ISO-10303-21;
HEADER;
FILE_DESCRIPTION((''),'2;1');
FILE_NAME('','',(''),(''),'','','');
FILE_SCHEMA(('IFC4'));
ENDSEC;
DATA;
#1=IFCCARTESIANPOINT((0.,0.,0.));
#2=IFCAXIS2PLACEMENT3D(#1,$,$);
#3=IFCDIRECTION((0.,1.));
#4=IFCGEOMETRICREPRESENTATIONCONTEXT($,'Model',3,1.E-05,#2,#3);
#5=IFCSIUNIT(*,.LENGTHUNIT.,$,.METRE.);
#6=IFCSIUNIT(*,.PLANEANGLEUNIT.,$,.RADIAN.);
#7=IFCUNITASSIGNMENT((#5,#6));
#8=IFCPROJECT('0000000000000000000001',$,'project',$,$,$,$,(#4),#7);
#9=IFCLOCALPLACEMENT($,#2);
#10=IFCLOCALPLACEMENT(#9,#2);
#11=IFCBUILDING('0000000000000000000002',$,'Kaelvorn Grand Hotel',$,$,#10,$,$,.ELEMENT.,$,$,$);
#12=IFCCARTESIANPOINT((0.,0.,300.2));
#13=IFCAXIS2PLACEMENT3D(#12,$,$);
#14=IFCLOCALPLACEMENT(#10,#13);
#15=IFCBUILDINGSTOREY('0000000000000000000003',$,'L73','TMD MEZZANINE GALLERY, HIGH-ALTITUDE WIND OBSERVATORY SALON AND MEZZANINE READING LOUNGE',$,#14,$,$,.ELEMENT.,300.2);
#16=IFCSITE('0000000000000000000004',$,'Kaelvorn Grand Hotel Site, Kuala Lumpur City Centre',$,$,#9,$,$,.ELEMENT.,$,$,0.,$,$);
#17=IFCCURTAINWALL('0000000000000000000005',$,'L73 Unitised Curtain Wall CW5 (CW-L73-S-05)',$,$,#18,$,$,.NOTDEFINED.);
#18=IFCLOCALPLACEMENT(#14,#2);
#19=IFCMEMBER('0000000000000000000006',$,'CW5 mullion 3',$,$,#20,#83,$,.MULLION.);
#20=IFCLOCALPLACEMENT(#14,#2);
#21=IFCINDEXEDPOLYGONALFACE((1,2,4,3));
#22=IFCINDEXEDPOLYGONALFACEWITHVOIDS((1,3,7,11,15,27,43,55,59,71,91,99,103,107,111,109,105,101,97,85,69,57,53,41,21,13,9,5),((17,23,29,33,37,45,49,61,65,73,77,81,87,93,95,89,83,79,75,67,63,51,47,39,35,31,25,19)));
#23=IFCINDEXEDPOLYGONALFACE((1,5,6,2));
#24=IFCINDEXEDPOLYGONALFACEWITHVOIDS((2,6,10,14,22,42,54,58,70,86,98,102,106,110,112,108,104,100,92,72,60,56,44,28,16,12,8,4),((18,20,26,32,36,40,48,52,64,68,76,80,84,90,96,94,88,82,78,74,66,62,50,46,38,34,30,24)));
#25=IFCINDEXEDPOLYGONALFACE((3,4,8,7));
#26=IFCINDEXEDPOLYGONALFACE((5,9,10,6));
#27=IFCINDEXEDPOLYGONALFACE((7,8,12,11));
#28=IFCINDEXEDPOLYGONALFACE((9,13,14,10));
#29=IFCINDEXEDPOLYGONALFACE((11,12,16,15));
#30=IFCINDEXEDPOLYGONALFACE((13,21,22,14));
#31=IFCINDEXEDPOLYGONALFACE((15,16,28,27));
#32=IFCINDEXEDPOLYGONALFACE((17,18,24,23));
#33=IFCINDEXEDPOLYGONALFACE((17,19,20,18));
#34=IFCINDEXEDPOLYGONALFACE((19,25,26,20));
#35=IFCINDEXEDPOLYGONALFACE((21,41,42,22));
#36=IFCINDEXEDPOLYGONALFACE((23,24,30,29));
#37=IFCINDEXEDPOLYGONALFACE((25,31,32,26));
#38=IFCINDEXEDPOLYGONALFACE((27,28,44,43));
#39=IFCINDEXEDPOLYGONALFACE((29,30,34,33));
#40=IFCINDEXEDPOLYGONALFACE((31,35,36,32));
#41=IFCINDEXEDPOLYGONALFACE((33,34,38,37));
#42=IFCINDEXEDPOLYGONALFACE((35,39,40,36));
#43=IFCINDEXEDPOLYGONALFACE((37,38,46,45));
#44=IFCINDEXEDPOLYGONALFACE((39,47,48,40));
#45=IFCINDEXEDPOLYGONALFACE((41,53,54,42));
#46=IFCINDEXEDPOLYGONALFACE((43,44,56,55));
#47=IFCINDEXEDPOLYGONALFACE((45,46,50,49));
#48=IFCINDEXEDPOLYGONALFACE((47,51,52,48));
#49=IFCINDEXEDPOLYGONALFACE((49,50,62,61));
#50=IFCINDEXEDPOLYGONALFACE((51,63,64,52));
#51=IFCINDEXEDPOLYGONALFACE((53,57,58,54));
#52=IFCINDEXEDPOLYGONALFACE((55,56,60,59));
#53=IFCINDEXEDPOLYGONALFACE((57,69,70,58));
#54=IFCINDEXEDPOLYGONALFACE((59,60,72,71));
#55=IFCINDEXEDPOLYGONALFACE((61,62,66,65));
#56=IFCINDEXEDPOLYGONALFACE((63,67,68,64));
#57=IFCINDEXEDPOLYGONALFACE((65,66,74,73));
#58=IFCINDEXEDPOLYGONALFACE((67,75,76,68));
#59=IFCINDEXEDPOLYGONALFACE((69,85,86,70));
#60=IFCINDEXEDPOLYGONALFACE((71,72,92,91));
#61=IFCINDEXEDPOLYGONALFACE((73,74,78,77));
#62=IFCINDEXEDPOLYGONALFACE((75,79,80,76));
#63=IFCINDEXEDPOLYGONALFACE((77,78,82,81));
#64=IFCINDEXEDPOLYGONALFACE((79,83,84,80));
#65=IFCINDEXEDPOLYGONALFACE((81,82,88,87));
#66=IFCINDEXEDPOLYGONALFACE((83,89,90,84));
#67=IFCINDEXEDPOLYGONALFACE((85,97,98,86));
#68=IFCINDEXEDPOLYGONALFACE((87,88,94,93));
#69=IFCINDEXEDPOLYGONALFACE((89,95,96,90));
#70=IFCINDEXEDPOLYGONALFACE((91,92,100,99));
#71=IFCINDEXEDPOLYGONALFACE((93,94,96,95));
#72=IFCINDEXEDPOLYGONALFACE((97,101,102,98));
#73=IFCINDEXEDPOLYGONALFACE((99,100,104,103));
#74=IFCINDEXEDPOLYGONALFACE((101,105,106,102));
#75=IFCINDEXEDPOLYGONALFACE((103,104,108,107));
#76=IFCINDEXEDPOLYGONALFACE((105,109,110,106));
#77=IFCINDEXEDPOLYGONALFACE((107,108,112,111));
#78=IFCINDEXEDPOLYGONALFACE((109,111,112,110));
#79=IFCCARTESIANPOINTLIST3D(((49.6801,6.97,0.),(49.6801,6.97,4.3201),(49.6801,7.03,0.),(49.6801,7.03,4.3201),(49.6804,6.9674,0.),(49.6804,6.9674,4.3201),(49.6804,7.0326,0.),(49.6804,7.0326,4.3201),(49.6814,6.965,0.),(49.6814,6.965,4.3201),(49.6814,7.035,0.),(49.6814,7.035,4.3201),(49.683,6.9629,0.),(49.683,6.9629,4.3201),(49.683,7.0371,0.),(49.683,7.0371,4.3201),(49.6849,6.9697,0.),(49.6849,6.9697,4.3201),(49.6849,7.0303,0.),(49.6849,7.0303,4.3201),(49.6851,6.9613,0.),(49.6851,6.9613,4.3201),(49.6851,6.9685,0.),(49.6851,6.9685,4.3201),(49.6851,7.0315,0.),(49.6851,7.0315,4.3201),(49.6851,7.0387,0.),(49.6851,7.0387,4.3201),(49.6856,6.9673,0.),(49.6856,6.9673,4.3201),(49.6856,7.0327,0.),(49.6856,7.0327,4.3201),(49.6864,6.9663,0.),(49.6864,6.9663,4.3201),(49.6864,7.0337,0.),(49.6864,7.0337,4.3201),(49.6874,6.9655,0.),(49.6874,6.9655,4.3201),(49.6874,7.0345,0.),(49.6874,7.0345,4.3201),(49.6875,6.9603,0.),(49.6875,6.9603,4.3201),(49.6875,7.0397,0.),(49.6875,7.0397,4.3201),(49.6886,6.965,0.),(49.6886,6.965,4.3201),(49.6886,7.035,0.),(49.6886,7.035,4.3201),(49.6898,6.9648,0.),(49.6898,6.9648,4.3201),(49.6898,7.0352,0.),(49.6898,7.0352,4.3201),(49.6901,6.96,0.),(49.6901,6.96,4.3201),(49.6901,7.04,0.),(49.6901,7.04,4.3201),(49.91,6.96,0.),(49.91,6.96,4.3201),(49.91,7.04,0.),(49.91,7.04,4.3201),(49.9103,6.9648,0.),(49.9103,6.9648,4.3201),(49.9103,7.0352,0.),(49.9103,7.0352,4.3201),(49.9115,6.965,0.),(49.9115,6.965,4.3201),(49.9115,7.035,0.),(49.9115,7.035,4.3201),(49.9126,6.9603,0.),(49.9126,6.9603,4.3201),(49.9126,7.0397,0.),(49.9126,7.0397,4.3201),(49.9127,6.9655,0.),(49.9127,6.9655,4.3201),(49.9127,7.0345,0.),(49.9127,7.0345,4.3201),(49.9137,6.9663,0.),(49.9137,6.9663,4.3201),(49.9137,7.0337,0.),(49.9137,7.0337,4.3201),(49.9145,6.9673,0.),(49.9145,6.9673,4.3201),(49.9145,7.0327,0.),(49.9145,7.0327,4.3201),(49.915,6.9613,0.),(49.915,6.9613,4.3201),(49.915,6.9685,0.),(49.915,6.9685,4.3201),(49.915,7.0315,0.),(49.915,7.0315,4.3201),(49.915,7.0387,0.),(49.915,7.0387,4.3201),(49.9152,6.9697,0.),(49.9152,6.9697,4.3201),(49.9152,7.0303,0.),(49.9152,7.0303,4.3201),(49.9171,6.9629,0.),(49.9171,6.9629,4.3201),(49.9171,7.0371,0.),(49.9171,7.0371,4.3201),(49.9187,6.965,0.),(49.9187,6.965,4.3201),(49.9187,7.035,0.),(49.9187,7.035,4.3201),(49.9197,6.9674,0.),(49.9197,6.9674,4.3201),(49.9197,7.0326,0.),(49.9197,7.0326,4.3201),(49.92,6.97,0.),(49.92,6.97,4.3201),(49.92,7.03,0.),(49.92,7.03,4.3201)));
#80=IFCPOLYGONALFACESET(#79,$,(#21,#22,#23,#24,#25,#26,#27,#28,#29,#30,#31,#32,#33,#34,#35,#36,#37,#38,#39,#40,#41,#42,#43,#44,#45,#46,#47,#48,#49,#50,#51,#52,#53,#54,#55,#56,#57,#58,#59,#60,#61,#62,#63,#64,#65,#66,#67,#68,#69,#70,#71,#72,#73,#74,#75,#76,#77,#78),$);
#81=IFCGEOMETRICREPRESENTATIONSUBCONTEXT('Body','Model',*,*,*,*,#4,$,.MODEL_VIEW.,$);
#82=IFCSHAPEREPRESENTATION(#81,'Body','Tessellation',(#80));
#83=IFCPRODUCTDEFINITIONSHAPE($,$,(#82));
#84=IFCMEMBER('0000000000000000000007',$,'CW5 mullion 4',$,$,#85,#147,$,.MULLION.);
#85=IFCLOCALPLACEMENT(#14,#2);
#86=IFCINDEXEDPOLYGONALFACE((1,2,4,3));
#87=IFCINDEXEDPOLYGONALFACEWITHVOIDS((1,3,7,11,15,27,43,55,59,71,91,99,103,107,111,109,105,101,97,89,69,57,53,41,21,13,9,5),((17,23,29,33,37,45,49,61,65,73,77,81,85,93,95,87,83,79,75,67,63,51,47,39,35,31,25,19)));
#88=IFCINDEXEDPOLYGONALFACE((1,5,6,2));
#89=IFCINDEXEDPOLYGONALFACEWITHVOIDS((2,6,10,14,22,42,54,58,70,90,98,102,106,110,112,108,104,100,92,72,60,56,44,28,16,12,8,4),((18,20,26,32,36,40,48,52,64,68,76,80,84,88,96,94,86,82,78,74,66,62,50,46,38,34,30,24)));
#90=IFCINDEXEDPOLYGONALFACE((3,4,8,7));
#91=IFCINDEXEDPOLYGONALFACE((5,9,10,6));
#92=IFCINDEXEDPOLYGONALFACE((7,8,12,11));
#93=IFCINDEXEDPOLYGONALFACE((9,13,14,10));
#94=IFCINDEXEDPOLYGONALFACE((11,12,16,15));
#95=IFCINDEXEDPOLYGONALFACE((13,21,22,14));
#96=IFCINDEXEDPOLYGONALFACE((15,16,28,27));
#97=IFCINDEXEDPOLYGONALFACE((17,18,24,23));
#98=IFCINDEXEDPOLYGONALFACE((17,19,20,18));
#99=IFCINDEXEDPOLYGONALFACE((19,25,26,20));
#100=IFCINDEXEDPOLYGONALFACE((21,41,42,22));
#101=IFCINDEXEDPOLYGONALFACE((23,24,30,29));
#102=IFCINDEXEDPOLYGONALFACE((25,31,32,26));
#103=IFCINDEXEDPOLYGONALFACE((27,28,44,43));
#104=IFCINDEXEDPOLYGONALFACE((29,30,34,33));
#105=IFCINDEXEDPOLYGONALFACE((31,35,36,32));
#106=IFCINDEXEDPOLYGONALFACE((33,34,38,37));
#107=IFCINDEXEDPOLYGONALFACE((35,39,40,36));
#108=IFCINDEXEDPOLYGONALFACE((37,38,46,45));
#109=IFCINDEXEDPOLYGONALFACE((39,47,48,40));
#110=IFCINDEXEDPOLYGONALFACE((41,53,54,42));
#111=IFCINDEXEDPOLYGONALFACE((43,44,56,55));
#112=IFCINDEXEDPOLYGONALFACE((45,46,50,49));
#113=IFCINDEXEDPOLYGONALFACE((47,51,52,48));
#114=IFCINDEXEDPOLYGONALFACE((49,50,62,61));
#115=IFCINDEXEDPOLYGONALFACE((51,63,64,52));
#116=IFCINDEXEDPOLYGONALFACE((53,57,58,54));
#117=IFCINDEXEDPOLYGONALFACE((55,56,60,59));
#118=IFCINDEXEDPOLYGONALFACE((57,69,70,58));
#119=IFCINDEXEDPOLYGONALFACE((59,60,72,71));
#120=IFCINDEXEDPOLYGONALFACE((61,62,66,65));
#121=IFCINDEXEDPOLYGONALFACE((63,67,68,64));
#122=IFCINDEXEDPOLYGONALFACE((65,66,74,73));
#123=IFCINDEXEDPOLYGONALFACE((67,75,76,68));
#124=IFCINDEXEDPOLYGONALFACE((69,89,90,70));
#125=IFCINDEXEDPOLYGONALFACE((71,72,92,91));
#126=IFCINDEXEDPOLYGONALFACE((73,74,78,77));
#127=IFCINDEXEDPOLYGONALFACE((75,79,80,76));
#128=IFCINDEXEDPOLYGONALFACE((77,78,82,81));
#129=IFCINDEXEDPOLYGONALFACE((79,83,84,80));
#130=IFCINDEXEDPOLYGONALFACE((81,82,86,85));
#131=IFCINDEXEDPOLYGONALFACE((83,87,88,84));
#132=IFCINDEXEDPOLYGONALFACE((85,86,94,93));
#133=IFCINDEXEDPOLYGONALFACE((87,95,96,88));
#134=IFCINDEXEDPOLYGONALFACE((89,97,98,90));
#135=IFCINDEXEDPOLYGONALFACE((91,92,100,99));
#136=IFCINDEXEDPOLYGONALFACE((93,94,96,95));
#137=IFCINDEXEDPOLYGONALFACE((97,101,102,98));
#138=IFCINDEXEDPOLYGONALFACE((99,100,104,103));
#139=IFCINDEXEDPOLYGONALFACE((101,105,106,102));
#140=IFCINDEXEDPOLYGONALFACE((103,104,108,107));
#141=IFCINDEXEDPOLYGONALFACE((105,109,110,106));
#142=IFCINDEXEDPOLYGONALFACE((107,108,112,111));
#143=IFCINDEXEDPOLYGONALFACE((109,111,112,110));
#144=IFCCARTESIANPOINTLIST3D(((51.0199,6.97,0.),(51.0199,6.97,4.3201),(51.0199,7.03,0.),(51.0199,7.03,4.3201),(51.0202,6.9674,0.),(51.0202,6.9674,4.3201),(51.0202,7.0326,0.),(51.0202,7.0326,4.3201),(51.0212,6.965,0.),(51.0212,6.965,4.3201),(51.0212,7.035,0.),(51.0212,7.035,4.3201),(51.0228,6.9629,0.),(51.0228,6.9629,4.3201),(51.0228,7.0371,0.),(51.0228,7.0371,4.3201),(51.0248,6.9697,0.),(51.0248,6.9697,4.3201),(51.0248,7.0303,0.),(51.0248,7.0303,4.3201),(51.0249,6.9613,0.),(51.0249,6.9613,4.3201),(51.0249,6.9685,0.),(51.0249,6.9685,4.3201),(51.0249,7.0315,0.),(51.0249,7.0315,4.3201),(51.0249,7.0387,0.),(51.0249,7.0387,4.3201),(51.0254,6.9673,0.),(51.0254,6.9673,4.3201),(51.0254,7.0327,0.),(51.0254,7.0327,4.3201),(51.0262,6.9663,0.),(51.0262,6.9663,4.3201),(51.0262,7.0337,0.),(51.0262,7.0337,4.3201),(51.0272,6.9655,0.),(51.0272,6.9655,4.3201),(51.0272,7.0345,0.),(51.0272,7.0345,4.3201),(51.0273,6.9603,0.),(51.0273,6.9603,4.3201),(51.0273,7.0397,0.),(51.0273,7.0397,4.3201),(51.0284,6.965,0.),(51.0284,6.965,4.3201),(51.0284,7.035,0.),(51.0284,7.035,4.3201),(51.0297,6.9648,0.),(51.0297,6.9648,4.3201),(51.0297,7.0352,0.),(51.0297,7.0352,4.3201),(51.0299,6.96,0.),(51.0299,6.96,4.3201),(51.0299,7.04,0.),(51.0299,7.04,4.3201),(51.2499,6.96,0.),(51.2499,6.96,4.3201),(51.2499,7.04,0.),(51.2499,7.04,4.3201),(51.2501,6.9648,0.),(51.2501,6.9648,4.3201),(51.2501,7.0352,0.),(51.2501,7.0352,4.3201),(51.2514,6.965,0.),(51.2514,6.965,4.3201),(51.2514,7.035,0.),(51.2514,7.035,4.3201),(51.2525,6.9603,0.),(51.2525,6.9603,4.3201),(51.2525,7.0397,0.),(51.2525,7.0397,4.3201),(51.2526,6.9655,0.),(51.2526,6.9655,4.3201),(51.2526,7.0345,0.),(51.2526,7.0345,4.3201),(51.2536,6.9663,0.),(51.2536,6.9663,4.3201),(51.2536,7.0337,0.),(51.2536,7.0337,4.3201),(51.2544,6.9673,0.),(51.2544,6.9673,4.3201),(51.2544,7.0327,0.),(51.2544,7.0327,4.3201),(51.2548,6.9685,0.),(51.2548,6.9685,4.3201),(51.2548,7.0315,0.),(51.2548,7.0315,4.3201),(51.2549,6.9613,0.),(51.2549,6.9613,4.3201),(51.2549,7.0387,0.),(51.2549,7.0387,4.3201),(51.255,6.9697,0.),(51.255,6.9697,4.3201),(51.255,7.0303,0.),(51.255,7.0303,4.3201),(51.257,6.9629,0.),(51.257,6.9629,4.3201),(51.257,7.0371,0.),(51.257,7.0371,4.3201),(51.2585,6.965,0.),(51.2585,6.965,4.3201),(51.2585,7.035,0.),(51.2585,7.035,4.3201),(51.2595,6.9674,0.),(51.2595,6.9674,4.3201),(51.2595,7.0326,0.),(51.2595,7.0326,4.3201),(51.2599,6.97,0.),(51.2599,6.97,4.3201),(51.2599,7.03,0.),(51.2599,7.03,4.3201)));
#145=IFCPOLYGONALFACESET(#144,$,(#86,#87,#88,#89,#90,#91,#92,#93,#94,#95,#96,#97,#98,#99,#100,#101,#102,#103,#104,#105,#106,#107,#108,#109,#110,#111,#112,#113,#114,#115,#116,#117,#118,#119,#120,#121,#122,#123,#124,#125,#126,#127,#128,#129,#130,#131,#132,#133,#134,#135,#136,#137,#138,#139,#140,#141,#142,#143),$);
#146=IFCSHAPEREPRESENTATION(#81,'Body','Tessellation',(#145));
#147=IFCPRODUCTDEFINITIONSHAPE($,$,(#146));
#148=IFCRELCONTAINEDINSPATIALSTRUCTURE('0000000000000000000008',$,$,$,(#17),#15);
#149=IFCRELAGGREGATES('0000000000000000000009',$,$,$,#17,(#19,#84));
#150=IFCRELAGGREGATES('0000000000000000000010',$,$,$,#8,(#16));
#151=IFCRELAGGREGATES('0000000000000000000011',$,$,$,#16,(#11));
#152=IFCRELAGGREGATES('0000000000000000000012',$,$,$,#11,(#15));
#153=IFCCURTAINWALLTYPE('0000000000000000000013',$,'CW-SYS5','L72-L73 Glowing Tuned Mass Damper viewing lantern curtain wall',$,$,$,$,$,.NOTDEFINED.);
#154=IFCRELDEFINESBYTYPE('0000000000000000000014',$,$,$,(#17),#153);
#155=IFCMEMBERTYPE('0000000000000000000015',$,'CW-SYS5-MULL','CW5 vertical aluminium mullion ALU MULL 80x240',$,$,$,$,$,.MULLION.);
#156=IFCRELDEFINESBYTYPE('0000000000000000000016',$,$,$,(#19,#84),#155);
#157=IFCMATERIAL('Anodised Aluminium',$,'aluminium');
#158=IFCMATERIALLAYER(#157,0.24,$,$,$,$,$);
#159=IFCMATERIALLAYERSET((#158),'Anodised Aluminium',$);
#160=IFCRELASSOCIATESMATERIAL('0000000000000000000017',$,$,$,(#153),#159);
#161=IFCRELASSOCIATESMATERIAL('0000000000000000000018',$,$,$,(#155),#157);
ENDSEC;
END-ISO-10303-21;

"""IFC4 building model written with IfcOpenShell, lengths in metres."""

from ifc_helpers import new_model, si_unit, direction, frame, origin, origin_2d, place, context, subcontext, project, spatial, hollow_rectangle, extrude, material, layer, layer_set, material_profile, profile_set, type_object, element, aggregate, save


model = new_model("IFC4")

# Units and contexts
model_context = context("Model", 3, precision=1e-05, world=origin(), true_north=direction((0.0, 1.0)))
body_context = subcontext(model_context, "Body", "Model", "MODEL_VIEW")
ifc_project = project(units=[si_unit("LENGTHUNIT", "METRE"), si_unit("PLANEANGLEUNIT", "RADIAN")], contexts=[model_context])

# Site, building, storey
site_placement = place(None, origin())
site = spatial("IfcSite", under=ifc_project, at=site_placement, Name="Kaelvorn Grand Hotel Site, Kuala Lumpur City Centre", CompositionType="ELEMENT", RefElevation=0.0)
building_placement = place(site_placement, origin())
building = spatial("IfcBuilding", under=site, at=building_placement, Name="Kaelvorn Grand Hotel", CompositionType="ELEMENT")
storey_placement = place(building_placement, frame((0.0, 0.0, 300.2)))
storey = spatial("IfcBuildingStorey", under=building, at=storey_placement, Name="L73", Description="TMD MEZZANINE GALLERY, HIGH-ALTITUDE WIND OBSERVATORY SALON AND MEZZANINE READING LOUNGE", CompositionType="ELEMENT", Elevation=300.2)

# Curtain wall, members
ifc_material_1 = material(Name="Anodised Aluminium", Category="aluminium")
ifc_layer_1 = layer(ifc_material_1, 0.24)
ifc_layer_set_1 = layer_set([ifc_layer_1], Name="Anodised Aluminium")
curtain_wall_type = type_object("IfcCurtainWallType", Name="CW-SYS5", Description="L72-L73 Glowing Tuned Mass Damper viewing lantern curtain wall", PredefinedType="NOTDEFINED", material=ifc_layer_set_1)
curtain_wall_placement = place(storey_placement, origin())
curtain_wall = element("IfcCurtainWall", 1, at=curtain_wall_placement, inside=storey, type_object=curtain_wall_type, Name="L73 Unitised Curtain Wall CW5 (CW-L73-S-05)", PredefinedType="NOTDEFINED")
ifc_material_profile_1 = material_profile(ifc_material_1, hollow_rectangle(XDim=0.0801, YDim=0.24, WallThickness=0.0049, InnerFilletRadius=0.0049, OuterFilletRadius=0.01, at=origin_2d()), Name="ALU MULL 80x240")
ifc_profile_set_1 = profile_set([ifc_material_profile_1], Name="Anodised Aluminium")
member_type_1 = type_object("IfcMemberType", Name="CW-SYS5-MULL", Description="CW5 vertical aluminium mullion ALU MULL 80x240", PredefinedType="MULLION", material=ifc_profile_set_1)
member_1_placement = place(storey_placement, frame((49.8, 7.0, 0.0), z_axis=(0.0, 0.0, 1.0), x_axis=(0.0, 1.0, 0.0)))
member_1 = element("IfcMember", 2, at=member_1_placement, type_object=member_type_1, Name="CW5 mullion 3", PredefinedType="MULLION", context=body_context, shape_type="SweptSolid", body=[
    extrude(hollow_rectangle(XDim=0.0801, YDim=0.24, WallThickness=0.0049, InnerFilletRadius=0.0049, OuterFilletRadius=0.01, at=origin_2d()), origin(), (0.0, 0.0, 1.0), 4.3201),
])
member_2_placement = place(storey_placement, frame((51.1399, 7.0, 0.0), z_axis=(0.0, 0.0, 1.0), x_axis=(0.0, 1.0, 0.0)))
member_2 = element("IfcMember", 3, at=member_2_placement, type_object=member_type_1, Name="CW5 mullion 4", PredefinedType="MULLION", context=body_context, shape_type="SweptSolid", body=[
    extrude(hollow_rectangle(XDim=0.0801, YDim=0.24, WallThickness=0.0049, InnerFilletRadius=0.0049, OuterFilletRadius=0.01, at=origin_2d()), origin(), (0.0, 0.0, 1.0), 4.3201),
])
aggregate(curtain_wall, [member_1, member_2])

save(model, "model.ifc")
